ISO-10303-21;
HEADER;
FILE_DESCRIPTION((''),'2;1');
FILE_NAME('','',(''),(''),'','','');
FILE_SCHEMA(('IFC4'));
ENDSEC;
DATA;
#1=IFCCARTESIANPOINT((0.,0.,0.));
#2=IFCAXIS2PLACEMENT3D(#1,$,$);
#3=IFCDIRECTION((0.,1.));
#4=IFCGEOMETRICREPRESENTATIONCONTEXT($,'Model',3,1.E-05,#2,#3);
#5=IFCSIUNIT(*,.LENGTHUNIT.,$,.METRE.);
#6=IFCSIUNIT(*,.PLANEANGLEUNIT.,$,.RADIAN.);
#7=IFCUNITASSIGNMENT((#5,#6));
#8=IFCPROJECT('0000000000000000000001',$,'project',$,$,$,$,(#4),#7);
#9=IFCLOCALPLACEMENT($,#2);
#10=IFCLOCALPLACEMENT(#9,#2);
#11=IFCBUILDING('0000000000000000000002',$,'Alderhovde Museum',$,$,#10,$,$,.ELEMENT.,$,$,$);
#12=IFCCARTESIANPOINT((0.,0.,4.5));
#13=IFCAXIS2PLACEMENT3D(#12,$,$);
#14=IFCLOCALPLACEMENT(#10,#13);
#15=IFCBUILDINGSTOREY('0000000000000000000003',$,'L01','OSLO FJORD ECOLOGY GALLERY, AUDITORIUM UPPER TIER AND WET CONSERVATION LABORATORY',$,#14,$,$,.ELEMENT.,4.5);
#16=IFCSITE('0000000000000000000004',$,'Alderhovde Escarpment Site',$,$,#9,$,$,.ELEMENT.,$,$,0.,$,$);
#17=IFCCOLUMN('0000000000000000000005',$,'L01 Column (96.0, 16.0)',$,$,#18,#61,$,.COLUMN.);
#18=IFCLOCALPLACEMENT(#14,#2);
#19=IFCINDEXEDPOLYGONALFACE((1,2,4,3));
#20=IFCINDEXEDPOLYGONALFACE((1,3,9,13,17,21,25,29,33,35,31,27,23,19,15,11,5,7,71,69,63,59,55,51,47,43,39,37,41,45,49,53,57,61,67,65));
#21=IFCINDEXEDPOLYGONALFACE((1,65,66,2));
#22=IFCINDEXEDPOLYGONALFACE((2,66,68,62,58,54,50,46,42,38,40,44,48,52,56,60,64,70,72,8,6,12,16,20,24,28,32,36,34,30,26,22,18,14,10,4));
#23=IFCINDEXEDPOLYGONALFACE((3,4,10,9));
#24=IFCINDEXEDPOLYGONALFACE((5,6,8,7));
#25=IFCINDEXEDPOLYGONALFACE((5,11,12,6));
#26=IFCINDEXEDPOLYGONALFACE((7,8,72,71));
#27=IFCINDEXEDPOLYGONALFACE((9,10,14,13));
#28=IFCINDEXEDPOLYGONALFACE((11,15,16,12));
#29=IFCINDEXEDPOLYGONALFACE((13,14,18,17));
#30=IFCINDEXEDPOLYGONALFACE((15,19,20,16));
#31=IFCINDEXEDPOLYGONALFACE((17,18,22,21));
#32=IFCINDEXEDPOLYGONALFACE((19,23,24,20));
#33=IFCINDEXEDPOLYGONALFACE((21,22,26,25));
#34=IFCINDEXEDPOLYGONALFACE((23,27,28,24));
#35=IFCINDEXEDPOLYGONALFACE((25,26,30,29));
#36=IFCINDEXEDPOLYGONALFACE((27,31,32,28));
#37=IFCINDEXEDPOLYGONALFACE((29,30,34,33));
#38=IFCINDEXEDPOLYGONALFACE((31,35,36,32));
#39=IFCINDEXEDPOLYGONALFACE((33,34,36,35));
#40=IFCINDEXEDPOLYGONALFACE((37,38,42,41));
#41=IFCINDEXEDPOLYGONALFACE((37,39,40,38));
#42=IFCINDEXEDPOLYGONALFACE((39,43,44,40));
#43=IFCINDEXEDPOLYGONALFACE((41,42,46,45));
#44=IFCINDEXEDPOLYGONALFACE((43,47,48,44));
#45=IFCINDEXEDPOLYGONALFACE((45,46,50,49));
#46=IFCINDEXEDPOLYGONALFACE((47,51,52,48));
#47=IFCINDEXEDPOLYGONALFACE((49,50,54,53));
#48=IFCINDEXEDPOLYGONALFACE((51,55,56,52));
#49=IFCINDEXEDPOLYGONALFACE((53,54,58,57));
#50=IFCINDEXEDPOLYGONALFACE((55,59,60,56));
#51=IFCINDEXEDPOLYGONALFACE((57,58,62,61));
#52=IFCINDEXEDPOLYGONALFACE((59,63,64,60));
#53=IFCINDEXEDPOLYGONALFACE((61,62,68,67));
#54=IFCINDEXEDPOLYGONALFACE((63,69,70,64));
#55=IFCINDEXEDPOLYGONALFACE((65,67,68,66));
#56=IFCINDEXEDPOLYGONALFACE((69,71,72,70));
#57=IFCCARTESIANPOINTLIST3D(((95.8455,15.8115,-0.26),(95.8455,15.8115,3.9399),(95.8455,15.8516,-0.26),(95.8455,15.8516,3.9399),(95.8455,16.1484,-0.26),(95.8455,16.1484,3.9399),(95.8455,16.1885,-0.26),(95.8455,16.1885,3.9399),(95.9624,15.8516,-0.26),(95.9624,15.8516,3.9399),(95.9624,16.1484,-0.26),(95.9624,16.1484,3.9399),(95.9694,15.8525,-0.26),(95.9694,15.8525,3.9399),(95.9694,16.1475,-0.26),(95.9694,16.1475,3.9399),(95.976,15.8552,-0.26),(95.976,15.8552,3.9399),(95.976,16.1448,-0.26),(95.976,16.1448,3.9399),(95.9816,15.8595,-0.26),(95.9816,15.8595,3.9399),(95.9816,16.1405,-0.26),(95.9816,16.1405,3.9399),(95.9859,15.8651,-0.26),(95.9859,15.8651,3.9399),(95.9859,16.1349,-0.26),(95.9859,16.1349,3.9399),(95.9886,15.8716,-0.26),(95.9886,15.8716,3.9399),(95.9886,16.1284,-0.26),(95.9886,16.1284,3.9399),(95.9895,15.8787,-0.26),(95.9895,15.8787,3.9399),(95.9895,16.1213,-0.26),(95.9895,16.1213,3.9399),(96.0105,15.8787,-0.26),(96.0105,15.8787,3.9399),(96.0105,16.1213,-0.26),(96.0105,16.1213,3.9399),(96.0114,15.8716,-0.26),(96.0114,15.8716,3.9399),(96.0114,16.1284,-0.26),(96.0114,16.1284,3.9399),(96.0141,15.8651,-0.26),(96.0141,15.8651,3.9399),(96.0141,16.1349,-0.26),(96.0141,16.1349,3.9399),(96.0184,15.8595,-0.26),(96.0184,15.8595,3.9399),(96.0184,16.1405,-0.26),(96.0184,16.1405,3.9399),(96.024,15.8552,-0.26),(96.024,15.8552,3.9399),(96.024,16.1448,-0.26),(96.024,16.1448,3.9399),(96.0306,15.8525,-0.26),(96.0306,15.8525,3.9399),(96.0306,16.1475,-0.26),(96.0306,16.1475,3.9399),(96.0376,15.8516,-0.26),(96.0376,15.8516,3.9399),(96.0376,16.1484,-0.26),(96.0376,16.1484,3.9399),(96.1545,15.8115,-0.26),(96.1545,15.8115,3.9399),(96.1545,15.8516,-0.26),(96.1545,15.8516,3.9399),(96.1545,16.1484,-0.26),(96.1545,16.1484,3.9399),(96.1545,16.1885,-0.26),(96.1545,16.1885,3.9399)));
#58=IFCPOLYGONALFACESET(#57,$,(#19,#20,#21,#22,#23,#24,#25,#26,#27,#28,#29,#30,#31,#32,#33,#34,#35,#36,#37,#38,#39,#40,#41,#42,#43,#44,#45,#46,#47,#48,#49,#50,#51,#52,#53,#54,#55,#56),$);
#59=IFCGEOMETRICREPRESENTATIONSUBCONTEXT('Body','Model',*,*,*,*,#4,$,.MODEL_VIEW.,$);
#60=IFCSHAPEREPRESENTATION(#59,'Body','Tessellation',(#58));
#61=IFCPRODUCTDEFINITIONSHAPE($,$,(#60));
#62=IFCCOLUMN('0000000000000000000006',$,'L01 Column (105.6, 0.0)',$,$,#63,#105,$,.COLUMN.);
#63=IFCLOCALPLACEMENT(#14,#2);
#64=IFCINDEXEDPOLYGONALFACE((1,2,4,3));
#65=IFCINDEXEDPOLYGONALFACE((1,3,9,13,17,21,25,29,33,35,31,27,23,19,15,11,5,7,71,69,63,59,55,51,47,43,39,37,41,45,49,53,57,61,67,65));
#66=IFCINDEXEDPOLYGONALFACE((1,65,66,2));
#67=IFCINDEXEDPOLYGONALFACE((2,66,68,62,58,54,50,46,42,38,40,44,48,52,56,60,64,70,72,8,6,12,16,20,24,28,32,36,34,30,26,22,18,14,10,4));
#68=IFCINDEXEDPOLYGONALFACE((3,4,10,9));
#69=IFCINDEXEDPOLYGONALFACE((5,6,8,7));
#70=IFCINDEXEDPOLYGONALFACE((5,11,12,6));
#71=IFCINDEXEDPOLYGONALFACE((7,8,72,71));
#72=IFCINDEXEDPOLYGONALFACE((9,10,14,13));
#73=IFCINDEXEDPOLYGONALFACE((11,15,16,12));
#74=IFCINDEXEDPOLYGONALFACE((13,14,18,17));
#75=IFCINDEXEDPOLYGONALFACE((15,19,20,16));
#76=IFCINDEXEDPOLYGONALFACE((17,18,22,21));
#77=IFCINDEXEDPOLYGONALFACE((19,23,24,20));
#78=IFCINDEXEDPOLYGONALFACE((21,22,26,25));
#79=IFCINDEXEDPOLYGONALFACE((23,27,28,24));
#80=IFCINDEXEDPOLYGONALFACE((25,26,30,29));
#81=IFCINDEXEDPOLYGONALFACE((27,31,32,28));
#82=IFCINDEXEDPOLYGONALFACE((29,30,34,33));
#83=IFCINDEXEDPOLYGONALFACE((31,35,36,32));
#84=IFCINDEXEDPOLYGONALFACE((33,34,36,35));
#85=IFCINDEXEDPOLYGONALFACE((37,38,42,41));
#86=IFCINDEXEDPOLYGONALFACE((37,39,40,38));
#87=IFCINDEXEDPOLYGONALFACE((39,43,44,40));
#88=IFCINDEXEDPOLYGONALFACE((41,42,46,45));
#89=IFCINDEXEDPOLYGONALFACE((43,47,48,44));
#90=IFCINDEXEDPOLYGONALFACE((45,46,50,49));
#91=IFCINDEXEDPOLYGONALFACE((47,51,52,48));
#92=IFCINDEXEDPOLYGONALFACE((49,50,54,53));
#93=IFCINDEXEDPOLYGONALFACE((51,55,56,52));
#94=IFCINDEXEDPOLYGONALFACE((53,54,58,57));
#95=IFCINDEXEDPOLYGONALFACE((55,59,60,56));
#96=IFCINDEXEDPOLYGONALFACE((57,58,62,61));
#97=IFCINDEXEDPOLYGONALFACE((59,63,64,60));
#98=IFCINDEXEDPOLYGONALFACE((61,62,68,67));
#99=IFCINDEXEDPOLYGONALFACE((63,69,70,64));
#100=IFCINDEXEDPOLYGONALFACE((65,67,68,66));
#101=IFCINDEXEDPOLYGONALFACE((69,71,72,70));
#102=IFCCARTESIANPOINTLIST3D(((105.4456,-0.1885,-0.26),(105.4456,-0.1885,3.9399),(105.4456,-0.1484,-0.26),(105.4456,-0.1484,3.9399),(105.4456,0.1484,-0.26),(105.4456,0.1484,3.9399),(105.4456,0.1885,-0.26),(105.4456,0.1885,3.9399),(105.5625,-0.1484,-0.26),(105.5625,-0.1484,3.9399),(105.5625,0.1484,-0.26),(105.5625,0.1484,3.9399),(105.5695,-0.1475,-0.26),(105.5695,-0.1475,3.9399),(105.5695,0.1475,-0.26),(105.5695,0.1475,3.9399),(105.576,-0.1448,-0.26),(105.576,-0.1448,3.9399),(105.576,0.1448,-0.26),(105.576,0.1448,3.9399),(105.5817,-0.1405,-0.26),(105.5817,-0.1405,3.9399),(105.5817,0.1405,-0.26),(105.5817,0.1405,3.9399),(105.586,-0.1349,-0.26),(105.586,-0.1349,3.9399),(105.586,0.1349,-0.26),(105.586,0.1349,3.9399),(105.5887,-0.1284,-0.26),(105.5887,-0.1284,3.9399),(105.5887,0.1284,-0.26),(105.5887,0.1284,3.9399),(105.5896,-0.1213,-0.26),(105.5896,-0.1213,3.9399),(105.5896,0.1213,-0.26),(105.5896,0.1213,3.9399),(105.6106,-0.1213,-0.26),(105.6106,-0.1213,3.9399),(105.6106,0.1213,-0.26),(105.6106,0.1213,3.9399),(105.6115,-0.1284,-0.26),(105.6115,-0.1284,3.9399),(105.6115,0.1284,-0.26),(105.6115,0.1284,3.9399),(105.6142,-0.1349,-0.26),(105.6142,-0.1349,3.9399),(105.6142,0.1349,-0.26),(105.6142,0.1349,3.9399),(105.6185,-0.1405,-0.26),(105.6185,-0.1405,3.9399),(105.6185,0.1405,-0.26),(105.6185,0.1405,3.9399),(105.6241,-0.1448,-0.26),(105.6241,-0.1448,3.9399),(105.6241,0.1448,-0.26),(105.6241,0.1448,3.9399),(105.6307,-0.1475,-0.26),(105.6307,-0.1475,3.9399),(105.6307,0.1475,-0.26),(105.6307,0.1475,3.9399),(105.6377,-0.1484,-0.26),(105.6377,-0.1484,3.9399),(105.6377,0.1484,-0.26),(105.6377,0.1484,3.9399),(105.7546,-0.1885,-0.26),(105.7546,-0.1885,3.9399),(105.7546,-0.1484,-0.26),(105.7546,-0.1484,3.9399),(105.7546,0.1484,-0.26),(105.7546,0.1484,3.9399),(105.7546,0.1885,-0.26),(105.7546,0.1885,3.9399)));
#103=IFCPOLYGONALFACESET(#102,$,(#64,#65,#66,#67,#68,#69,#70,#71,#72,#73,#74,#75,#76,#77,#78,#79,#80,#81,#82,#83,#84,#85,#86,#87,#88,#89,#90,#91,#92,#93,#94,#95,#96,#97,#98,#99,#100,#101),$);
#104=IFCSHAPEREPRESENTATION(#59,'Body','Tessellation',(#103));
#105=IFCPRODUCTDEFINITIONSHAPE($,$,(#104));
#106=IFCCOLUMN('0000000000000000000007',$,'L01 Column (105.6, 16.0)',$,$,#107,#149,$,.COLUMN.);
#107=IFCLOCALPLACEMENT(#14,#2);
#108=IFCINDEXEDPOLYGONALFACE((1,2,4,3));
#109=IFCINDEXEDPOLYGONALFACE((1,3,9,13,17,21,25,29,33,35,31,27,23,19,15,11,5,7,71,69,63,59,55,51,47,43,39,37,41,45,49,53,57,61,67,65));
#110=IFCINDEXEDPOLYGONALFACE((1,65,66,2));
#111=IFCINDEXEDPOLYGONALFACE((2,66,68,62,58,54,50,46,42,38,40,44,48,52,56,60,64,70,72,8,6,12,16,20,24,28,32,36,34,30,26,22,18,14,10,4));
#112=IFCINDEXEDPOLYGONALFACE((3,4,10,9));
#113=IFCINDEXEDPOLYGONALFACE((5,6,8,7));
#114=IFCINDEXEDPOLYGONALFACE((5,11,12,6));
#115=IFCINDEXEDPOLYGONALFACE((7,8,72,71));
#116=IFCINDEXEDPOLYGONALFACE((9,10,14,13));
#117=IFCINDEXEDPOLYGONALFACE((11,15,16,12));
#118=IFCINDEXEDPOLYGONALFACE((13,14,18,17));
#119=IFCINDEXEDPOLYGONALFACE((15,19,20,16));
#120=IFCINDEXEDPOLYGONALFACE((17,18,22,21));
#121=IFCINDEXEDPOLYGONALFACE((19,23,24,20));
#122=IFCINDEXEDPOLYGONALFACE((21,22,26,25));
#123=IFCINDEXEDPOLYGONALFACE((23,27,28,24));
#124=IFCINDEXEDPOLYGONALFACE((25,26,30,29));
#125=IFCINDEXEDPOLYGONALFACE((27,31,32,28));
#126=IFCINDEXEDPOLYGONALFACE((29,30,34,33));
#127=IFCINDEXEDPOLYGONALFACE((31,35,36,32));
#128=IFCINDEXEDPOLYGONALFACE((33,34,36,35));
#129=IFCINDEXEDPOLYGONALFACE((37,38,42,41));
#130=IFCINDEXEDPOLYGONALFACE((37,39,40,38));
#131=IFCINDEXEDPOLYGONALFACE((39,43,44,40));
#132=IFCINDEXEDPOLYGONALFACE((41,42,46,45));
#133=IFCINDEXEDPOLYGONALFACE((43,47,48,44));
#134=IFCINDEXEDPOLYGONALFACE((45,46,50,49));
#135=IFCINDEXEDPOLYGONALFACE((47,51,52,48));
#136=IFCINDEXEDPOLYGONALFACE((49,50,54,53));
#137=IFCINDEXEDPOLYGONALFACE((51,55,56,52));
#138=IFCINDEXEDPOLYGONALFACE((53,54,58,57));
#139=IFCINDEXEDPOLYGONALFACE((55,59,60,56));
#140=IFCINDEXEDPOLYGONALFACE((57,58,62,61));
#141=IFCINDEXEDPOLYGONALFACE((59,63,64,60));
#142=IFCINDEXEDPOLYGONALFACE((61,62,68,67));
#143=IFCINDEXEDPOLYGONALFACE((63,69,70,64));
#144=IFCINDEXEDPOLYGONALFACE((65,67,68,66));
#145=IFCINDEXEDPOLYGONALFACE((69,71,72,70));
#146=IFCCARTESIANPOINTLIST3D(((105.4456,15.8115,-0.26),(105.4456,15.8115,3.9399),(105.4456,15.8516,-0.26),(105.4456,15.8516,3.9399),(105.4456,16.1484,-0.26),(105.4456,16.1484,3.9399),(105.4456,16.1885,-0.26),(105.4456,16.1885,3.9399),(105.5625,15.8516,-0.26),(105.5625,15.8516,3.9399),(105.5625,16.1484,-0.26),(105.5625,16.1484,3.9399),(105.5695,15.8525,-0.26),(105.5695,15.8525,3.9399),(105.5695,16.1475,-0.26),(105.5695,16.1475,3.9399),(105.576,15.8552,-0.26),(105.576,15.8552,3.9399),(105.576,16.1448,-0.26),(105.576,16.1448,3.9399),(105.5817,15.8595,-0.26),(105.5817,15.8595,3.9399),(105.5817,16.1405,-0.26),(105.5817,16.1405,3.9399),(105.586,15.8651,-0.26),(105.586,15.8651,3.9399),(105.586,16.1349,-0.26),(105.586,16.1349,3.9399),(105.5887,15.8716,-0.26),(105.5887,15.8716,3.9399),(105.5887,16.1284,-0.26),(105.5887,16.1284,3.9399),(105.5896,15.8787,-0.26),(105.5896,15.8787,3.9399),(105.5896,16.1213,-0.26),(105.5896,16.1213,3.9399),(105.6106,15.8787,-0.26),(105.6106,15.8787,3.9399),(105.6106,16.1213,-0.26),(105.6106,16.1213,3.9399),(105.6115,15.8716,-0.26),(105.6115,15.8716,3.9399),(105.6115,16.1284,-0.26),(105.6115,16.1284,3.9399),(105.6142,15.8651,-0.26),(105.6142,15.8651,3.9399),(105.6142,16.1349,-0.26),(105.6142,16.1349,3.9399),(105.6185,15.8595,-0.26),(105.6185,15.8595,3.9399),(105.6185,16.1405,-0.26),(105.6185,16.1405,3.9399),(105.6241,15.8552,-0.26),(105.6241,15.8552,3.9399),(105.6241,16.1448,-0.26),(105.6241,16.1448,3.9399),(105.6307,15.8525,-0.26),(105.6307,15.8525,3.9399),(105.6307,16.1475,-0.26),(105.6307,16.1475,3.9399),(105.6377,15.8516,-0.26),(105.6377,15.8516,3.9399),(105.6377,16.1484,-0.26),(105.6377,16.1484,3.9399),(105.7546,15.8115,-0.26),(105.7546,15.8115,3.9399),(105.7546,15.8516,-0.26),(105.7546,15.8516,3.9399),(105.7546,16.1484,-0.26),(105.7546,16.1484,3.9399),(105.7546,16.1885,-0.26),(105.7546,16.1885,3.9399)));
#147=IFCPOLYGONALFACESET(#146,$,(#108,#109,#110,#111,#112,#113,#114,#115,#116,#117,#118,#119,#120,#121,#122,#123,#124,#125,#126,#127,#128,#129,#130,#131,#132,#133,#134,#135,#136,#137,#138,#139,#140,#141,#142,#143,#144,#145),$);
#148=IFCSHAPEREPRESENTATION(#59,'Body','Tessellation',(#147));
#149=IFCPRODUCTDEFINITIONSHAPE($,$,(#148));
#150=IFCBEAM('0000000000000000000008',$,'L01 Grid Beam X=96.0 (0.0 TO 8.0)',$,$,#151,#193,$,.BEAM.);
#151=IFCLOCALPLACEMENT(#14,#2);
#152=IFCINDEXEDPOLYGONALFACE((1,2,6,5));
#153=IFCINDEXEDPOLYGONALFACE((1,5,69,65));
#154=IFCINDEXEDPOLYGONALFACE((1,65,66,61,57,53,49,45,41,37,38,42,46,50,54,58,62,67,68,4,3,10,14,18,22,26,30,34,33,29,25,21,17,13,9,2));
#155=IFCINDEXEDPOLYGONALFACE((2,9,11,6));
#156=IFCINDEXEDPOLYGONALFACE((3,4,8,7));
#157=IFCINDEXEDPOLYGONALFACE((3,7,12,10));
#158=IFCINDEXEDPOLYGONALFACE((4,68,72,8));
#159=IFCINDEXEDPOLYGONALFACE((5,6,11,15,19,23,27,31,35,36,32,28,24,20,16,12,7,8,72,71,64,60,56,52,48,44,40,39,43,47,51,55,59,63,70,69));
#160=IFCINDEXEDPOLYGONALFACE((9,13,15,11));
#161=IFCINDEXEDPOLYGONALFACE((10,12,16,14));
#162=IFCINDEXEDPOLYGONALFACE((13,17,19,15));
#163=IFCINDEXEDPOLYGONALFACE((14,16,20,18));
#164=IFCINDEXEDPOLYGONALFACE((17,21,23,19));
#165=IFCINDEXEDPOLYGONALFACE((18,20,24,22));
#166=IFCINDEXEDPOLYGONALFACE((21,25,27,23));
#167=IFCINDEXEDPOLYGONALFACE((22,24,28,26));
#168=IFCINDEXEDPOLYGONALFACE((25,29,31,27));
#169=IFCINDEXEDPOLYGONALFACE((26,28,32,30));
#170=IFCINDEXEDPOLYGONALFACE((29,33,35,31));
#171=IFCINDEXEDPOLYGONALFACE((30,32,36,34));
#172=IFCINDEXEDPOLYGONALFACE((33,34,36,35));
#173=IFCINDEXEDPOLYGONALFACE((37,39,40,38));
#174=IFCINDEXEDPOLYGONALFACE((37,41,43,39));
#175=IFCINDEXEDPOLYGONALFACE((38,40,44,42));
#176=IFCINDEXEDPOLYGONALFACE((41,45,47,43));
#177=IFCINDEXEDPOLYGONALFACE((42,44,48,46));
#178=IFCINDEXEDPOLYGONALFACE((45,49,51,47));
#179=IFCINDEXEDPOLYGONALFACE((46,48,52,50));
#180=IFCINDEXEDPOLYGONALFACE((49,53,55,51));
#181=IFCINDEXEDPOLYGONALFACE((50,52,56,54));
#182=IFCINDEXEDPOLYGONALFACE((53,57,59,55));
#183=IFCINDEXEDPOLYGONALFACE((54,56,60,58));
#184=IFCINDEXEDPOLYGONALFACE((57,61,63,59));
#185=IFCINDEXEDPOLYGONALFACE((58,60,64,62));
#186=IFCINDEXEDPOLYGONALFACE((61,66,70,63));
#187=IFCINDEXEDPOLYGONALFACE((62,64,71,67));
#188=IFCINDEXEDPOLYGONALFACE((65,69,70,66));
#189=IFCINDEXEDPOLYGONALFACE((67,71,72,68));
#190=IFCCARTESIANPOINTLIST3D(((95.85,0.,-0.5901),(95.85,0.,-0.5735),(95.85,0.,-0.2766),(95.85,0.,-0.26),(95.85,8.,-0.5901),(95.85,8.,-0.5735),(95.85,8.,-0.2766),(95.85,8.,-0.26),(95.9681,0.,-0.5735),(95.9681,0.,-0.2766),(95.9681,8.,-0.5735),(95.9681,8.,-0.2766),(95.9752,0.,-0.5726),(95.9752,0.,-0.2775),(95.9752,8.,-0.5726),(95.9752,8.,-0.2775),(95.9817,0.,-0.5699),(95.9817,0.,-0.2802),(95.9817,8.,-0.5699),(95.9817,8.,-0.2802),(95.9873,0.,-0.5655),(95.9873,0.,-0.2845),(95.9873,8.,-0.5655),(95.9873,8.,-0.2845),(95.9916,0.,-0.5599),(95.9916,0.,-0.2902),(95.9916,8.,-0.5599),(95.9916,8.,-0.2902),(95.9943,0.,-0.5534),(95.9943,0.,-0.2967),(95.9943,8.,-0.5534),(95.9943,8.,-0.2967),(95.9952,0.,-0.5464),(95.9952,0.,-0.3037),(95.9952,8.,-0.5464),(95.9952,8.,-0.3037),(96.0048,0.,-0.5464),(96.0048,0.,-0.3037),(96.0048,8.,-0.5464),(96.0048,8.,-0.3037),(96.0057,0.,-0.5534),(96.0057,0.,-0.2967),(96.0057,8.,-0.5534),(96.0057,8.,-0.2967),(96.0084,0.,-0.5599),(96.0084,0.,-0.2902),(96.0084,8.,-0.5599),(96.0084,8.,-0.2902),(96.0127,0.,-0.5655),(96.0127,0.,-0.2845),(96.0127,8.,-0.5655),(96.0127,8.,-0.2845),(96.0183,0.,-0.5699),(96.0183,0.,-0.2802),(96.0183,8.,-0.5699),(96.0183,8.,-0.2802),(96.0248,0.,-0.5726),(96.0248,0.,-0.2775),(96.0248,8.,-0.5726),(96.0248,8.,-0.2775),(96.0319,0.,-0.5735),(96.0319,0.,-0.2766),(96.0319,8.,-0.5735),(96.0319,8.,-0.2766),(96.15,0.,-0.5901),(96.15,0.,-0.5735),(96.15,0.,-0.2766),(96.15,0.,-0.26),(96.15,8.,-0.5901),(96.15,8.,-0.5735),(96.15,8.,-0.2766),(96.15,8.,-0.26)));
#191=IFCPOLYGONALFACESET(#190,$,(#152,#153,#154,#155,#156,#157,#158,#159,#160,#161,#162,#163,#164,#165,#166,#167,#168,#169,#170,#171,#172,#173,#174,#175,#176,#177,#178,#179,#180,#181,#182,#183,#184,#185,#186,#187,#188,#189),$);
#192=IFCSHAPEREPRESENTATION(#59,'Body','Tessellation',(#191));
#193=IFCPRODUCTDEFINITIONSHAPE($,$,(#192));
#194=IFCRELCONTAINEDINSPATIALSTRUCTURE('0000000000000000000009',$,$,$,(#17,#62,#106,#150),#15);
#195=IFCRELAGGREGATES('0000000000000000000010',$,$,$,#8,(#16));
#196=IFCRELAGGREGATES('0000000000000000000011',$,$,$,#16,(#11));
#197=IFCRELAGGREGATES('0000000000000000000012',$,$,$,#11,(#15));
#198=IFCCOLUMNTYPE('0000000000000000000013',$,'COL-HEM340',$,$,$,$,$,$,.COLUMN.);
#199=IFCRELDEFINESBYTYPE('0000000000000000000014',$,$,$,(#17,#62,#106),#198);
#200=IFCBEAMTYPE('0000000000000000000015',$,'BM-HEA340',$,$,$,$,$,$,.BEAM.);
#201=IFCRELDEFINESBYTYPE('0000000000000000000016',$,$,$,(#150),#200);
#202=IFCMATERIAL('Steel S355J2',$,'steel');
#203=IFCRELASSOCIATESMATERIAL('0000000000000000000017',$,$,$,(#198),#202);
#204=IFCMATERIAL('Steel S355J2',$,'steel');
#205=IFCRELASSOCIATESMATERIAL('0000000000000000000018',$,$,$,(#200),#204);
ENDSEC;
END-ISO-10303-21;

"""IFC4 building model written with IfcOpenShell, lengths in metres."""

from ifc_helpers import new_model, si_unit, direction, frame, origin, origin_2d, place, context, subcontext, project, spatial, i_section, extrude, material, material_profile, profile_set, type_object, element, save


model = new_model("IFC4")

# Units and contexts
model_context = context("Model", 3, precision=1e-05, world=origin(), true_north=direction((0.0, 1.0)))
body_context = subcontext(model_context, "Body", "Model", "MODEL_VIEW")
ifc_project = project(units=[si_unit("LENGTHUNIT", "METRE"), si_unit("PLANEANGLEUNIT", "RADIAN")], contexts=[model_context])

# Site, building, storey
site_placement = place(None, origin())
site = spatial("IfcSite", under=ifc_project, at=site_placement, Name="Alderhovde Escarpment Site", CompositionType="ELEMENT", RefElevation=0.0)
building_placement = place(site_placement, origin())
building = spatial("IfcBuilding", under=site, at=building_placement, Name="Alderhovde Museum", CompositionType="ELEMENT")
storey_placement = place(building_placement, frame((0.0, 0.0, 4.5)))
storey = spatial("IfcBuildingStorey", under=building, at=storey_placement, Name="L01", Description="OSLO FJORD ECOLOGY GALLERY, AUDITORIUM UPPER TIER AND WET CONSERVATION LABORATORY", CompositionType="ELEMENT", Elevation=4.5)

# Columns
ifc_material_1 = material(Name="Steel S355J2", Category="steel")
ifc_material_profile_1 = material_profile(ifc_material_1, i_section(OverallWidth=0.3091, OverallDepth=0.377, WebThickness=0.021, FlangeThickness=0.04, FilletRadius=0.0271, at=origin_2d()), Name="HEM 340")
ifc_profile_set_1 = profile_set([ifc_material_profile_1], Name="Steel S355J2")
column_type_1 = type_object("IfcColumnType", Name="COL-HEM340", PredefinedType="COLUMN", material=ifc_profile_set_1)
for number, where, z_axis, x_axis, name in (
    (1, (96.0, 16.0, -0.26), (0.0, 0.0, 1.0), (1.0, 0.0, 0.0), "L01 Column (96.0, 16.0)"),
    (2, (105.6001, 0.0, -0.26), (0.0, 0.0, 1.0), (1.0, 0.0, 0.0), "L01 Column (105.6, 0.0)"),
    (3, (105.6001, 16.0, -0.26), (0.0, 0.0, 1.0), (1.0, 0.0, 0.0), "L01 Column (105.6, 16.0)"),
):
    element("IfcColumn", number, at=place(storey_placement, frame(where, z_axis=z_axis, x_axis=x_axis)), inside=storey, type_object=column_type_1, Name=name, PredefinedType="COLUMN", context=body_context, shape_type="SweptSolid", body=[
        extrude(i_section(OverallWidth=0.3091, OverallDepth=0.377, WebThickness=0.021, FlangeThickness=0.04, FilletRadius=0.0271, at=origin_2d()), origin(), (0.0, 0.0, 1.0), 4.2),
    ])

# Beam
ifc_material_2 = material(Name="Steel S355J2", Category="steel")
ifc_material_profile_2 = material_profile(ifc_material_2, i_section(OverallWidth=0.3, OverallDepth=0.3301, WebThickness=0.0095, FlangeThickness=0.0166, FilletRadius=0.0271, at=origin_2d()), Name="HEA 340")
ifc_profile_set_2 = profile_set([ifc_material_profile_2], Name="Steel S355J2")
beam_type_1 = type_object("IfcBeamType", Name="BM-HEA340", PredefinedType="BEAM", material=ifc_profile_set_2)
for number, where, z_axis, x_axis, name in (
    (4, (96.0, 0.0, -0.425), (0.0, 1.0, 0.0), (-1.0, 0.0, 0.0), "L01 Grid Beam X=96.0 (0.0 TO 8.0)"),
):
    element("IfcBeam", number, at=place(storey_placement, frame(where, z_axis=z_axis, x_axis=x_axis)), inside=storey, type_object=beam_type_1, Name=name, PredefinedType="BEAM", context=body_context, shape_type="SweptSolid", body=[
        extrude(i_section(OverallWidth=0.3, OverallDepth=0.3301, WebThickness=0.0095, FlangeThickness=0.0166, FilletRadius=0.0271, at=origin_2d()), origin(), (0.0, 0.0, 1.0), 8.0),
    ])

save(model, "model.ifc")
